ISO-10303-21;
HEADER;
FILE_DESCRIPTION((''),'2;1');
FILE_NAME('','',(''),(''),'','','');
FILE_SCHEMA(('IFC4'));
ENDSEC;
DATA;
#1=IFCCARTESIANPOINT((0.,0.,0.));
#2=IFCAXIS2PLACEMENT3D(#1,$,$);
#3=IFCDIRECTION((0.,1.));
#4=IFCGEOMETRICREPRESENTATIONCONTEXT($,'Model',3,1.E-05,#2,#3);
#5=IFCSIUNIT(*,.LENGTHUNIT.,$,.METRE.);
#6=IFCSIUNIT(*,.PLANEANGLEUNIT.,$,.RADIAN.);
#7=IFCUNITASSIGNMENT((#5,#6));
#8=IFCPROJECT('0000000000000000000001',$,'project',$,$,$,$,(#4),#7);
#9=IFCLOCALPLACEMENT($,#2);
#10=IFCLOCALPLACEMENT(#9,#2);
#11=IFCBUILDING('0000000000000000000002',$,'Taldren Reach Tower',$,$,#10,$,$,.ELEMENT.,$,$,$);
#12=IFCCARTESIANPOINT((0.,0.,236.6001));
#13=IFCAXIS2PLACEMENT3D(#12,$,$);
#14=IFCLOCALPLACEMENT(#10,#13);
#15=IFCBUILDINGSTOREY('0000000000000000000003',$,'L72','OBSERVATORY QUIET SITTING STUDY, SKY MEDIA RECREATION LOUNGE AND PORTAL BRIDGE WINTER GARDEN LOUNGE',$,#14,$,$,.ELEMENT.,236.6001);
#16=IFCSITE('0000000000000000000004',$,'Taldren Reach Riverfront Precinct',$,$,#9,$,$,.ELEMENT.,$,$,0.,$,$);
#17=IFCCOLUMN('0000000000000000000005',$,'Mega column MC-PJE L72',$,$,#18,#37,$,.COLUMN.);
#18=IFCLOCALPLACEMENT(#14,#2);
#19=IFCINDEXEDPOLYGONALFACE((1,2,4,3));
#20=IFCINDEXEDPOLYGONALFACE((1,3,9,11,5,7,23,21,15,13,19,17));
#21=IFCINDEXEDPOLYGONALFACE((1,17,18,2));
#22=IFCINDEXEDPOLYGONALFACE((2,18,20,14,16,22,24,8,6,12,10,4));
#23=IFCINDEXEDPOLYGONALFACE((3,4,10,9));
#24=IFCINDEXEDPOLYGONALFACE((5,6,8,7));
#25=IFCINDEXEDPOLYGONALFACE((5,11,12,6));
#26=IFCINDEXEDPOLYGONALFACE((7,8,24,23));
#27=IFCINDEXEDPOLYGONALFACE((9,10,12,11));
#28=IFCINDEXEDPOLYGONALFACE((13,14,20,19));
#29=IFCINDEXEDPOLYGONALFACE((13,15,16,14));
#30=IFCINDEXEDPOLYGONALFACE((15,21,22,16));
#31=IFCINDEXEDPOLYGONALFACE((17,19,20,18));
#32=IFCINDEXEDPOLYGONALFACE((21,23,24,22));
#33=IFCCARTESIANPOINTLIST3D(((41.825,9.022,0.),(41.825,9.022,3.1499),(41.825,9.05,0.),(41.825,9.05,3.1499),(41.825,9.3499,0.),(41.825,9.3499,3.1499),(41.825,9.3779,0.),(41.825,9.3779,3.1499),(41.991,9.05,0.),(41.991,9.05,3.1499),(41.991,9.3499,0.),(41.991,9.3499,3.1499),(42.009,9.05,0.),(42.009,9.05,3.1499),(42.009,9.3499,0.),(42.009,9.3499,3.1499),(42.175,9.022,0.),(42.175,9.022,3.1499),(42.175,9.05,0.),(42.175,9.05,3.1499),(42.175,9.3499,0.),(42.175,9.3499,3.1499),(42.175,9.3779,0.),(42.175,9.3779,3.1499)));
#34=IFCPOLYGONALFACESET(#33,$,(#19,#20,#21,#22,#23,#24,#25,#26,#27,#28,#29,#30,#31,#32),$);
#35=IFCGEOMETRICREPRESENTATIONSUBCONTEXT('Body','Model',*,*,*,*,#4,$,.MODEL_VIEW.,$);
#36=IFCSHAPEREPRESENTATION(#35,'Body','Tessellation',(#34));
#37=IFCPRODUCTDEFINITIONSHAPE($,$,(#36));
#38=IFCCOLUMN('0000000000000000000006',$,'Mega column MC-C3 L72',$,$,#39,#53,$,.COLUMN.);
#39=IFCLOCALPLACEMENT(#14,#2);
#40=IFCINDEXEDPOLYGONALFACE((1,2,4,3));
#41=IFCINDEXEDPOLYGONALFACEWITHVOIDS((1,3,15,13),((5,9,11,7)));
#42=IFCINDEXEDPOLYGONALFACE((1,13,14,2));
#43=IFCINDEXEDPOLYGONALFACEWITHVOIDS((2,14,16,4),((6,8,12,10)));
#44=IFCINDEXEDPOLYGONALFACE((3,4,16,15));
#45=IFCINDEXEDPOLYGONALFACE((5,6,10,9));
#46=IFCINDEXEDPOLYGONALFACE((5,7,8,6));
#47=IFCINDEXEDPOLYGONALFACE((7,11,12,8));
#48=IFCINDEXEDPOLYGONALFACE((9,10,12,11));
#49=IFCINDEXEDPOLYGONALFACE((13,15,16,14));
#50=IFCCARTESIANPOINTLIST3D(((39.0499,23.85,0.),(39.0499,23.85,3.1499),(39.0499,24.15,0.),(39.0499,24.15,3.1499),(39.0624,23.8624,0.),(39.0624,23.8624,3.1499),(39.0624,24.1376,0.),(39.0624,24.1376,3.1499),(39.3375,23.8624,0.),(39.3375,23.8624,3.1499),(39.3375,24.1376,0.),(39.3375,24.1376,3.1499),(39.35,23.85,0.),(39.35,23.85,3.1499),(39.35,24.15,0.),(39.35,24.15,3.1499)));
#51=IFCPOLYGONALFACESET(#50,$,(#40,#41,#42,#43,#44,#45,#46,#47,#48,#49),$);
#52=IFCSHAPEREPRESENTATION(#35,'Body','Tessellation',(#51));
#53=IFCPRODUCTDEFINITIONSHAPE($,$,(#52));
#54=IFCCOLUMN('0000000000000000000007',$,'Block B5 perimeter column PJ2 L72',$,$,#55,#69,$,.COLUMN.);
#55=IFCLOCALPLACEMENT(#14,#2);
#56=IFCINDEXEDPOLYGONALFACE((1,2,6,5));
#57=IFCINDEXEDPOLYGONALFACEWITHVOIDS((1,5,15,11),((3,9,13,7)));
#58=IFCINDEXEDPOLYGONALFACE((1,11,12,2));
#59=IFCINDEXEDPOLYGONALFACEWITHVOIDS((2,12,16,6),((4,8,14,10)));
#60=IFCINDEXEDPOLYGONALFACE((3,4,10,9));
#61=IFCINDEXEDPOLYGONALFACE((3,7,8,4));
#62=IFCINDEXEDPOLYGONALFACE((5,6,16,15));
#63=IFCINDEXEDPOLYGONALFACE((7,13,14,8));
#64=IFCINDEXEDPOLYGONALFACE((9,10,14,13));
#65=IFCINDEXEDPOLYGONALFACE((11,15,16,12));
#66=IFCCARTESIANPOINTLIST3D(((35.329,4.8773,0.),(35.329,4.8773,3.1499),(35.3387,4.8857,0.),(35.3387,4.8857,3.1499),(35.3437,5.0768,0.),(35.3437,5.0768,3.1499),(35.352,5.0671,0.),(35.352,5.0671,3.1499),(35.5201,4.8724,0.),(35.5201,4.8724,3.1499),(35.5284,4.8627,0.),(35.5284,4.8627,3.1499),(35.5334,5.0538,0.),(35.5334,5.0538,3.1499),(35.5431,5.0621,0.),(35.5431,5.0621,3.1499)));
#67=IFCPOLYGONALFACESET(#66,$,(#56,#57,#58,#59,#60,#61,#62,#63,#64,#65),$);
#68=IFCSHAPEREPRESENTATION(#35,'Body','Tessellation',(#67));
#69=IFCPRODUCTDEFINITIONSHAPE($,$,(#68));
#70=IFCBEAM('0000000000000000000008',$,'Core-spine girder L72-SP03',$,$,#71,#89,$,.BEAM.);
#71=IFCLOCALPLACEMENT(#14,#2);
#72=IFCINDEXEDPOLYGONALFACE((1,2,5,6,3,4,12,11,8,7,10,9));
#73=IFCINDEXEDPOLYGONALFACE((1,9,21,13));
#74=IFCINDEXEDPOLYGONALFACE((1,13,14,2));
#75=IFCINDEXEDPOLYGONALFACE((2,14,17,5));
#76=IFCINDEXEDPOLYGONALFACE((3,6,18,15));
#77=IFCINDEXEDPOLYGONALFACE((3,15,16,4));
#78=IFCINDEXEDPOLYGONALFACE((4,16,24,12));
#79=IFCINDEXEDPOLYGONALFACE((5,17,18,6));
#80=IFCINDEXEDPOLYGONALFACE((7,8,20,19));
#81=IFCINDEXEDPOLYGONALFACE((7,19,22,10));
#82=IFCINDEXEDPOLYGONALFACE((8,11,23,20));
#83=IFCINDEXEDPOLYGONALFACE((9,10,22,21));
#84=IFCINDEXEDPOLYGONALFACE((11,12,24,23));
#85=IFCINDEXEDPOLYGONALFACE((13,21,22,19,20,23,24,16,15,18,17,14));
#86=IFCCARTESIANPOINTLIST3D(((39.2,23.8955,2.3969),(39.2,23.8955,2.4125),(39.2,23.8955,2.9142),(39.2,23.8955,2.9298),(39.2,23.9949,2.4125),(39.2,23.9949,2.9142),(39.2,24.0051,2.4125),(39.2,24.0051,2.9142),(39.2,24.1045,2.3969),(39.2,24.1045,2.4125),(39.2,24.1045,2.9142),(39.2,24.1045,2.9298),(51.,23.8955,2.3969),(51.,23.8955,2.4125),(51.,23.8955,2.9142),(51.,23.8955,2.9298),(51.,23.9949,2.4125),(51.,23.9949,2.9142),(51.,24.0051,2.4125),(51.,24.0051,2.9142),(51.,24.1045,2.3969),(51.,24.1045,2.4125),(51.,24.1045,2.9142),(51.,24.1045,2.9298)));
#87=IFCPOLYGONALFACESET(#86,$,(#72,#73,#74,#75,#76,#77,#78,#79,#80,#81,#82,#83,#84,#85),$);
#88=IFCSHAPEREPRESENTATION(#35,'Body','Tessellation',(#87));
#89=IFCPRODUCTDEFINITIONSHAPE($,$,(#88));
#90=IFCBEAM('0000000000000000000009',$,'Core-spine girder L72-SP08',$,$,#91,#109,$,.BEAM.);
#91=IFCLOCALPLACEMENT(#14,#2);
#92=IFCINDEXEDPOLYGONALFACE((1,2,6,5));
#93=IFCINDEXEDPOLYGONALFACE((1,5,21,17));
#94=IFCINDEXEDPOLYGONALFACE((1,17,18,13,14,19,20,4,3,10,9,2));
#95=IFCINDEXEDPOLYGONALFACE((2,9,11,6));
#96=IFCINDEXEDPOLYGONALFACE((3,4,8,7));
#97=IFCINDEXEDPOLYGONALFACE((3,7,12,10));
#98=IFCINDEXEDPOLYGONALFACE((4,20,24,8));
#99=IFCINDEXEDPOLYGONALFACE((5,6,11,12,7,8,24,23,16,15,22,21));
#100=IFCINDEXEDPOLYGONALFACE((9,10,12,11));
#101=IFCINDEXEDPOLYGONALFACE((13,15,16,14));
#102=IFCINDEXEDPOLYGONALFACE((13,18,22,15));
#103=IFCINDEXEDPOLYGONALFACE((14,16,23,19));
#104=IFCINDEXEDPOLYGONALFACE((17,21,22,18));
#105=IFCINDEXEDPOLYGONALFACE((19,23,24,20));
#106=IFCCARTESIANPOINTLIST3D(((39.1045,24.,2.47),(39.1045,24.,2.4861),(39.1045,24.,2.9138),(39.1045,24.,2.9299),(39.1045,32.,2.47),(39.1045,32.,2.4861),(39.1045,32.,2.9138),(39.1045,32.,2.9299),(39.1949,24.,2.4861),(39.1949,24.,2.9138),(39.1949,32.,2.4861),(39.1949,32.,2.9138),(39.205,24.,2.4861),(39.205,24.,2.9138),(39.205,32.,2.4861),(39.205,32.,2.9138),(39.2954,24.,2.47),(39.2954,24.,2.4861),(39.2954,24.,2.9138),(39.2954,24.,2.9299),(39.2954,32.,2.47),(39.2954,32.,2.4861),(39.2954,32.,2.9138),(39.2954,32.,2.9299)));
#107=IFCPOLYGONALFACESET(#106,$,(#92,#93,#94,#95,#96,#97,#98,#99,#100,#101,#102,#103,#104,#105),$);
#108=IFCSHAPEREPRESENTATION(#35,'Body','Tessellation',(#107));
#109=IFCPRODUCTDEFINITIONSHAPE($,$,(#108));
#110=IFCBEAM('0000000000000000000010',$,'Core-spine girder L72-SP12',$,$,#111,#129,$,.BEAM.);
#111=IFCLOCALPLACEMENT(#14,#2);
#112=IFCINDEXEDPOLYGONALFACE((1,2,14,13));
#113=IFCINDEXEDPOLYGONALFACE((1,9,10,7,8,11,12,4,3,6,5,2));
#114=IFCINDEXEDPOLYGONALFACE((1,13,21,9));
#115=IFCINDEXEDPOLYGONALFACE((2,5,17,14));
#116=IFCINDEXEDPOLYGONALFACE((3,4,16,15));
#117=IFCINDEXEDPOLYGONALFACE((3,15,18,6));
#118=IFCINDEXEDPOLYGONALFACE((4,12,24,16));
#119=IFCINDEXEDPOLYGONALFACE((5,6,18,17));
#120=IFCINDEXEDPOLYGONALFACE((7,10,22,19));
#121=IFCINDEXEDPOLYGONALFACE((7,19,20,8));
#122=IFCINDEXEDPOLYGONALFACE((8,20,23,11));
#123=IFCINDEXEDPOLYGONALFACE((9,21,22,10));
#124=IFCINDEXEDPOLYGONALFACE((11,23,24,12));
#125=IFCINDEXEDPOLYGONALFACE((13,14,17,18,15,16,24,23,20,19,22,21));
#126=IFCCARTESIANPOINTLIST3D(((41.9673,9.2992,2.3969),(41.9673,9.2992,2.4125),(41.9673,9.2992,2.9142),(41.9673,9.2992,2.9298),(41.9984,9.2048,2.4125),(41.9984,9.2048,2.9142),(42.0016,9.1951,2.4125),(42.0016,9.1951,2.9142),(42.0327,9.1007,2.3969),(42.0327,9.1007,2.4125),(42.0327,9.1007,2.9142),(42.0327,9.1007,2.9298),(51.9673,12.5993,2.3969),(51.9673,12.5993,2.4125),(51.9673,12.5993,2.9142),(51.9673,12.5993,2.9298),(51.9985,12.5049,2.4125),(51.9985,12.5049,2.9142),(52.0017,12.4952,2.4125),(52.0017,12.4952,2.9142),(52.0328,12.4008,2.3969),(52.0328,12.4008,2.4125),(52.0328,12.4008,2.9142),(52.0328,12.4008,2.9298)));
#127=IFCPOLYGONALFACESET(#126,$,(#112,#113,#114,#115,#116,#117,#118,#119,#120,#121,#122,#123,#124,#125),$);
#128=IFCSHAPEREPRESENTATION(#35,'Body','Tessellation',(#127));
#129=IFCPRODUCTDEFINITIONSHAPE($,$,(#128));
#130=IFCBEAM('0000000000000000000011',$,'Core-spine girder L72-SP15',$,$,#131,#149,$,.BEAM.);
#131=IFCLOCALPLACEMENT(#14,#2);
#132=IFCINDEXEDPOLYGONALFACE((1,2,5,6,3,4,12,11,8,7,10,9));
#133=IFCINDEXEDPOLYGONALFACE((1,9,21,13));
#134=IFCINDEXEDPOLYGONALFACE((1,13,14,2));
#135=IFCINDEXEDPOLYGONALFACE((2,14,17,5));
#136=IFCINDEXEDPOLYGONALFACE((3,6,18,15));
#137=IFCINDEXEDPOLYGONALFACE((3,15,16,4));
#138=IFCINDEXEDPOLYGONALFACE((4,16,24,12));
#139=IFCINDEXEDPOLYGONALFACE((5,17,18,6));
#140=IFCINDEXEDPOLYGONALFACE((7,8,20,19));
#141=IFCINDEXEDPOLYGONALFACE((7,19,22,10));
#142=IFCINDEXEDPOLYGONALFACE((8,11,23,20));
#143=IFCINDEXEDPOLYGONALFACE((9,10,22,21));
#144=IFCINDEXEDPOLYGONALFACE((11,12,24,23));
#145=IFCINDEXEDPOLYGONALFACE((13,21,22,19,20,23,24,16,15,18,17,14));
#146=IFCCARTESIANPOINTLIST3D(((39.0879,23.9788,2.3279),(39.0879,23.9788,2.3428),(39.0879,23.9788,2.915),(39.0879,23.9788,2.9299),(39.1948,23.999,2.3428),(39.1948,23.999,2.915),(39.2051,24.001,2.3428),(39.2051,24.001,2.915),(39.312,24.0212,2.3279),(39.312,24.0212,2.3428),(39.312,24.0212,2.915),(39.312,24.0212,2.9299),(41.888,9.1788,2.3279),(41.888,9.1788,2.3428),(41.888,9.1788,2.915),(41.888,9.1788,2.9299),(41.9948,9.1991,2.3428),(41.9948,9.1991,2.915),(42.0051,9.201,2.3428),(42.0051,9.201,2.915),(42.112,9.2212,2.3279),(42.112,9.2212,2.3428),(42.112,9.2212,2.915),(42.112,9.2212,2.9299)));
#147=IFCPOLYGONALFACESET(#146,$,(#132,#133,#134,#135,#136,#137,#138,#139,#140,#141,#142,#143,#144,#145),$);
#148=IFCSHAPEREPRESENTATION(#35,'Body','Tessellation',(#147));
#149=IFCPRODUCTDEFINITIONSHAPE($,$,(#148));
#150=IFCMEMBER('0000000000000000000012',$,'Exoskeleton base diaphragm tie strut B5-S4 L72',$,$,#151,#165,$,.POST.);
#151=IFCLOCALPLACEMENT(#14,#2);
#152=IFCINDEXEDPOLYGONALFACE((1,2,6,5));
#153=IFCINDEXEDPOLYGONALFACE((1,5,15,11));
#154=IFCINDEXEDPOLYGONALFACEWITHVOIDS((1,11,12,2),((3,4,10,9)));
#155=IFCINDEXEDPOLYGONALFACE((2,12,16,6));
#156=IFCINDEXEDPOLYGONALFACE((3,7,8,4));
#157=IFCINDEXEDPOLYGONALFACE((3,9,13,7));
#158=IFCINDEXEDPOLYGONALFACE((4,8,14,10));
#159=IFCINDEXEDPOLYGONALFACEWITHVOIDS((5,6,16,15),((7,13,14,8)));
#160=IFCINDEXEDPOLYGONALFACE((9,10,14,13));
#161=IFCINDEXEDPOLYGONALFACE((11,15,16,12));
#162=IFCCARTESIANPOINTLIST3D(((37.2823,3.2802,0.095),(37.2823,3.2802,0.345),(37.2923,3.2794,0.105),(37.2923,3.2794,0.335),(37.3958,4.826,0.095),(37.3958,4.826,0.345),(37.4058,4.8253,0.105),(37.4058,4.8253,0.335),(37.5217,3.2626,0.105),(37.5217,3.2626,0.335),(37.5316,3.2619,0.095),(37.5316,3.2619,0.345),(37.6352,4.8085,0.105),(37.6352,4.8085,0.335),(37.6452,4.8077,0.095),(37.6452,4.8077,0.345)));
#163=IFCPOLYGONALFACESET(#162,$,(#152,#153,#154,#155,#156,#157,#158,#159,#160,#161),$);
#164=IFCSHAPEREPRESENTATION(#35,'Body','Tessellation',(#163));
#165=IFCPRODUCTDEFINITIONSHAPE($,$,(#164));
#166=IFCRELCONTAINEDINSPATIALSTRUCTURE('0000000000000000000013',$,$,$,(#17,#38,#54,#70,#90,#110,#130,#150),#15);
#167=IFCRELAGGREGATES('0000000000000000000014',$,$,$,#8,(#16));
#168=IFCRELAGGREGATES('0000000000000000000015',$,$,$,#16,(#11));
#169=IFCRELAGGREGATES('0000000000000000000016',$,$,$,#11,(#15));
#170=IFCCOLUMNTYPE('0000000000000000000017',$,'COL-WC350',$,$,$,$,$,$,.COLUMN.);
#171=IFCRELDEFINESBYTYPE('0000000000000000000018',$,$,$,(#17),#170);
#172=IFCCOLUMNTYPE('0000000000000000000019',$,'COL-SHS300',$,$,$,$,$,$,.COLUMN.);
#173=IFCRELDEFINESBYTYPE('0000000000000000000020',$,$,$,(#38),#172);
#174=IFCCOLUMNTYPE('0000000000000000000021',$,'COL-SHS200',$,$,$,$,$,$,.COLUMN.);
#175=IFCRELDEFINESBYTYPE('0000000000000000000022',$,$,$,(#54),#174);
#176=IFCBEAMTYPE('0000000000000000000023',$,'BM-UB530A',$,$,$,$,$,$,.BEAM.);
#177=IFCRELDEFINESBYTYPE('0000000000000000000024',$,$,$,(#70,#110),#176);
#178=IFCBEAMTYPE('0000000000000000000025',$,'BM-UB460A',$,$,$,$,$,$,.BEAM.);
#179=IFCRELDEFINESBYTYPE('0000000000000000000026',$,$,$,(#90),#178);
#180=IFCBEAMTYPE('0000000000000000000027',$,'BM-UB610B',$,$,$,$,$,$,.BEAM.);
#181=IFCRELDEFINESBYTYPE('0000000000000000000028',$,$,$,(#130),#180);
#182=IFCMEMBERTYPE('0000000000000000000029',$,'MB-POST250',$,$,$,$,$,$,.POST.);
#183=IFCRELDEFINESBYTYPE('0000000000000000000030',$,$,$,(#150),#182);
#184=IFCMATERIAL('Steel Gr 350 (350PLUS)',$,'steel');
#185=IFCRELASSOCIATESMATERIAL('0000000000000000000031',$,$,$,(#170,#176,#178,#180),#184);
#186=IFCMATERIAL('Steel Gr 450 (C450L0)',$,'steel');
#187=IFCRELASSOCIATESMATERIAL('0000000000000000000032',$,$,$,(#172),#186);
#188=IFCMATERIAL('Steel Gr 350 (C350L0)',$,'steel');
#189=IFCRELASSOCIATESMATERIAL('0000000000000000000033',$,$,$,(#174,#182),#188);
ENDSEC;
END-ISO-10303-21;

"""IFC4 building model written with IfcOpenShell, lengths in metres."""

from ifc_helpers import new_model, si_unit, direction, frame, origin, origin_2d, place, context, subcontext, project, spatial, hollow_rectangle, i_section, extrude, source, transform, mapped, material, material_profile, profile_set, type_object, element, save


model = new_model("IFC4")

# Units and contexts
model_context = context("Model", 3, precision=1e-05, world=origin(), true_north=direction((0.0, 1.0)))
body_context = subcontext(model_context, "Body", "Model", "MODEL_VIEW")
ifc_project = project(units=[si_unit("LENGTHUNIT", "METRE"), si_unit("PLANEANGLEUNIT", "RADIAN")], contexts=[model_context])

# Site, building, storey
site_placement = place(None, origin())
site = spatial("IfcSite", under=ifc_project, at=site_placement, Name="Taldren Reach Riverfront Precinct", CompositionType="ELEMENT", RefElevation=0.0)
building_placement = place(site_placement, origin())
building = spatial("IfcBuilding", under=site, at=building_placement, Name="Taldren Reach Tower", CompositionType="ELEMENT")
storey_placement = place(building_placement, frame((0.0, 0.0, 236.6001)))
storey = spatial("IfcBuildingStorey", under=building, at=storey_placement, Name="L72", Description="OBSERVATORY QUIET SITTING STUDY, SKY MEDIA RECREATION LOUNGE AND PORTAL BRIDGE WINTER GARDEN LOUNGE", CompositionType="ELEMENT", Elevation=236.6001)

# Columns
ifc_material_1 = material(Name="Steel Gr 350 (350PLUS)", Category="steel")
ifc_material_profile_1 = material_profile(ifc_material_1, i_section(OverallWidth=0.3501, OverallDepth=0.356, WebThickness=0.0181, FlangeThickness=0.0281, at=origin_2d()), Name="350WC197")
ifc_profile_set_1 = profile_set([ifc_material_profile_1], Name="Steel Gr 350 (350PLUS)")
column_type_1 = type_object("IfcColumnType", Name="COL-WC350", PredefinedType="COLUMN", material=ifc_profile_set_1)
shared_shape_1 = source(origin(), body_context, "Body", "SweptSolid", [
    extrude(i_section(OverallWidth=0.3501, OverallDepth=0.356, WebThickness=0.0181, FlangeThickness=0.0281, at=origin_2d()), origin(), (0.0, 0.0, 1.0), 3.1499),
])
column_1_placement = place(storey_placement, frame((42.0, 9.2, 0.0), z_axis=(0.0, 0.0, 1.0), x_axis=(1.0, 0.0, 0.0)))
element("IfcColumn", 1, at=column_1_placement, inside=storey, type_object=column_type_1, Name="Mega column MC-PJE L72", PredefinedType="COLUMN", context=body_context, shape_type="MappedRepresentation", body=[
    mapped(shared_shape_1, transform((0.0, 0.0, 0.0), scale=1.0)),
])
ifc_material_2 = material(Name="Steel Gr 450 (C450L0)", Category="steel")
ifc_material_profile_2 = material_profile(ifc_material_2, hollow_rectangle(XDim=0.3, YDim=0.3, WallThickness=0.0125, at=origin_2d()), Name="300x300x12.5SHS")
ifc_profile_set_2 = profile_set([ifc_material_profile_2], Name="Steel Gr 450 (C450L0)")
column_type_2 = type_object("IfcColumnType", Name="COL-SHS300", PredefinedType="COLUMN", material=ifc_profile_set_2)
shared_shape_2 = source(origin(), body_context, "Body", "SweptSolid", [
    extrude(hollow_rectangle(XDim=0.3, YDim=0.3, WallThickness=0.0125, at=origin_2d()), origin(), (0.0, 0.0, 1.0), 3.1499),
])
column_2_placement = place(storey_placement, frame((39.2, 24.0, 0.0), z_axis=(0.0, 0.0, 1.0), x_axis=(1.0, 0.0, 0.0)))
element("IfcColumn", 2, at=column_2_placement, inside=storey, type_object=column_type_2, Name="Mega column MC-C3 L72", PredefinedType="COLUMN", context=body_context, shape_type="MappedRepresentation", body=[
    mapped(shared_shape_2, transform((0.0, 0.0, 0.0), scale=1.0)),
])
ifc_material_3 = material(Name="Steel Gr 350 (C350L0)", Category="steel")
ifc_material_profile_3 = material_profile(ifc_material_3, hollow_rectangle(XDim=0.2, YDim=0.2, WallThickness=0.009, at=origin_2d()), Name="200x200x9.0SHS")
ifc_profile_set_3 = profile_set([ifc_material_profile_3], Name="Steel Gr 350 (C350L0)")
column_type_3 = type_object("IfcColumnType", Name="COL-SHS200", PredefinedType="COLUMN", material=ifc_profile_set_3)
shared_shape_3 = source(origin(), body_context, "Body", "SweptSolid", [
    extrude(hollow_rectangle(XDim=0.2, YDim=0.2, WallThickness=0.009, at=origin_2d()), origin(), (0.0, 0.0, 1.0), 3.1499),
])
column_3_placement = place(storey_placement, frame((35.436, 4.9697, 0.0), z_axis=(0.0, 0.0, 1.0), x_axis=(0.997314, -0.073238, 0.0)))
element("IfcColumn", 3, at=column_3_placement, inside=storey, type_object=column_type_3, Name="Block B5 perimeter column PJ2 L72", PredefinedType="COLUMN", context=body_context, shape_type="MappedRepresentation", body=[
    mapped(shared_shape_3, transform((0.0, 0.0, 0.0), scale=1.0)),
])

# Beams
ifc_material_profile_4 = material_profile(ifc_material_1, i_section(OverallWidth=0.209, OverallDepth=0.533, WebThickness=0.0103, FlangeThickness=0.0156, at=origin_2d()), Name="530UB92.4")
ifc_profile_set_4 = profile_set([ifc_material_profile_4], Name="Steel Gr 350 (350PLUS)")
beam_type_1 = type_object("IfcBeamType", Name="BM-UB530A", PredefinedType="BEAM", material=ifc_profile_set_4)
shared_shape_4 = source(origin(), body_context, "Body", "SweptSolid", [
    extrude(i_section(OverallWidth=0.209, OverallDepth=0.533, WebThickness=0.0103, FlangeThickness=0.0156, at=origin_2d()), origin(), (0.0, 0.0, 1.0), 11.8),
])
beam_1_placement = place(storey_placement, frame((39.2, 24.0, 2.6633), z_axis=(1.0, 0.0, 0.0), x_axis=(0.0, 1.0, 0.0)))
element("IfcBeam", 4, at=beam_1_placement, inside=storey, type_object=beam_type_1, Name="Core-spine girder L72-SP03", PredefinedType="BEAM", context=body_context, shape_type="MappedRepresentation", body=[
    mapped(shared_shape_4, transform((0.0, 0.0, 0.0), scale=1.0)),
])
ifc_material_profile_5 = material_profile(ifc_material_1, i_section(OverallWidth=0.1909, OverallDepth=0.46, WebThickness=0.01, FlangeThickness=0.0161, at=origin_2d()), Name="460UB82.1")
ifc_profile_set_5 = profile_set([ifc_material_profile_5], Name="Steel Gr 350 (350PLUS)")
beam_type_2 = type_object("IfcBeamType", Name="BM-UB460A", PredefinedType="BEAM", material=ifc_profile_set_5)
shared_shape_5 = source(origin(), body_context, "Body", "SweptSolid", [
    extrude(i_section(OverallWidth=0.1909, OverallDepth=0.46, WebThickness=0.01, FlangeThickness=0.0161, at=origin_2d()), origin(), (0.0, 0.0, 1.0), 8.0),
])
beam_2_placement = place(storey_placement, frame((39.2, 24.0, 2.7), z_axis=(0.0, 1.0, 0.0), x_axis=(-1.0, 0.0, 0.0)))
element("IfcBeam", 5, at=beam_2_placement, inside=storey, type_object=beam_type_2, Name="Core-spine girder L72-SP08", PredefinedType="BEAM", context=body_context, shape_type="MappedRepresentation", body=[
    mapped(shared_shape_5, transform((0.0, 0.0, 0.0), scale=1.0)),
])
shared_shape_6 = source(origin(), body_context, "Body", "SweptSolid", [
    extrude(i_section(OverallWidth=0.209, OverallDepth=0.533, WebThickness=0.0103, FlangeThickness=0.0156, at=origin_2d()), origin(), (0.0, 0.0, 1.0), 10.5305),
])
beam_3_placement = place(storey_placement, frame((42.0, 9.2, 2.6633), z_axis=(0.949627, 0.313382, 0.0), x_axis=(-0.313382, 0.949627, 0.0)))
element("IfcBeam", 6, at=beam_3_placement, inside=storey, type_object=beam_type_1, Name="Core-spine girder L72-SP12", PredefinedType="BEAM", context=body_context, shape_type="MappedRepresentation", body=[
    mapped(shared_shape_6, transform((0.0, 0.0, 0.0), scale=1.0)),
])
ifc_material_profile_6 = material_profile(ifc_material_1, i_section(OverallWidth=0.228, OverallDepth=0.6021, WebThickness=0.0105, FlangeThickness=0.0149, at=origin_2d()), Name="610UB101")
ifc_profile_set_6 = profile_set([ifc_material_profile_6], Name="Steel Gr 350 (350PLUS)")
beam_type_3 = type_object("IfcBeamType", Name="BM-UB610B", PredefinedType="BEAM", material=ifc_profile_set_6)
shared_shape_7 = source(origin(), body_context, "Body", "SweptSolid", [
    extrude(i_section(OverallWidth=0.228, OverallDepth=0.6021, WebThickness=0.0105, FlangeThickness=0.0149, at=origin_2d()), origin(), (0.0, 0.0, 1.0), 15.0625),
])
beam_4_placement = place(storey_placement, frame((39.2, 24.0, 2.6289), z_axis=(0.185894, -0.98257, 0.0), x_axis=(0.98257, 0.185894, 0.0)))
element("IfcBeam", 7, at=beam_4_placement, inside=storey, type_object=beam_type_3, Name="Core-spine girder L72-SP15", PredefinedType="BEAM", context=body_context, shape_type="MappedRepresentation", body=[
    mapped(shared_shape_7, transform((0.0, 0.0, 0.0), scale=1.0)),
])

# Member
ifc_material_profile_7 = material_profile(ifc_material_3, hollow_rectangle(XDim=0.25, YDim=0.25, WallThickness=0.01, at=origin_2d()), Name="250x250x10.0SHS")
ifc_profile_set_7 = profile_set([ifc_material_profile_7], Name="Steel Gr 350 (C350L0)")
member_type_1 = type_object("IfcMemberType", Name="MB-POST250", PredefinedType="POST", material=ifc_profile_set_7)
shared_shape_8 = source(origin(), body_context, "Body", "SweptSolid", [
    extrude(hollow_rectangle(XDim=0.25, YDim=0.25, WallThickness=0.01, at=origin_2d()), origin(), (0.0, 0.0, 1.0), 1.55),
])
for number, where, z_axis, x_axis, name in (
    (8, (37.5205, 4.8169, 0.22), (-0.073239, -0.997314, 0.0), (0.997314, -0.073239, 0.0), "Exoskeleton base diaphragm tie strut B5-S4 L72"),
):
    element("IfcMember", number, at=place(storey_placement, frame(where, z_axis=z_axis, x_axis=x_axis)), inside=storey, type_object=member_type_1, Name=name, PredefinedType="POST", context=body_context, shape_type="MappedRepresentation", body=[
        mapped(shared_shape_8, transform((0.0, 0.0, 0.0), scale=1.0)),
    ])

save(model, "model.ifc")
